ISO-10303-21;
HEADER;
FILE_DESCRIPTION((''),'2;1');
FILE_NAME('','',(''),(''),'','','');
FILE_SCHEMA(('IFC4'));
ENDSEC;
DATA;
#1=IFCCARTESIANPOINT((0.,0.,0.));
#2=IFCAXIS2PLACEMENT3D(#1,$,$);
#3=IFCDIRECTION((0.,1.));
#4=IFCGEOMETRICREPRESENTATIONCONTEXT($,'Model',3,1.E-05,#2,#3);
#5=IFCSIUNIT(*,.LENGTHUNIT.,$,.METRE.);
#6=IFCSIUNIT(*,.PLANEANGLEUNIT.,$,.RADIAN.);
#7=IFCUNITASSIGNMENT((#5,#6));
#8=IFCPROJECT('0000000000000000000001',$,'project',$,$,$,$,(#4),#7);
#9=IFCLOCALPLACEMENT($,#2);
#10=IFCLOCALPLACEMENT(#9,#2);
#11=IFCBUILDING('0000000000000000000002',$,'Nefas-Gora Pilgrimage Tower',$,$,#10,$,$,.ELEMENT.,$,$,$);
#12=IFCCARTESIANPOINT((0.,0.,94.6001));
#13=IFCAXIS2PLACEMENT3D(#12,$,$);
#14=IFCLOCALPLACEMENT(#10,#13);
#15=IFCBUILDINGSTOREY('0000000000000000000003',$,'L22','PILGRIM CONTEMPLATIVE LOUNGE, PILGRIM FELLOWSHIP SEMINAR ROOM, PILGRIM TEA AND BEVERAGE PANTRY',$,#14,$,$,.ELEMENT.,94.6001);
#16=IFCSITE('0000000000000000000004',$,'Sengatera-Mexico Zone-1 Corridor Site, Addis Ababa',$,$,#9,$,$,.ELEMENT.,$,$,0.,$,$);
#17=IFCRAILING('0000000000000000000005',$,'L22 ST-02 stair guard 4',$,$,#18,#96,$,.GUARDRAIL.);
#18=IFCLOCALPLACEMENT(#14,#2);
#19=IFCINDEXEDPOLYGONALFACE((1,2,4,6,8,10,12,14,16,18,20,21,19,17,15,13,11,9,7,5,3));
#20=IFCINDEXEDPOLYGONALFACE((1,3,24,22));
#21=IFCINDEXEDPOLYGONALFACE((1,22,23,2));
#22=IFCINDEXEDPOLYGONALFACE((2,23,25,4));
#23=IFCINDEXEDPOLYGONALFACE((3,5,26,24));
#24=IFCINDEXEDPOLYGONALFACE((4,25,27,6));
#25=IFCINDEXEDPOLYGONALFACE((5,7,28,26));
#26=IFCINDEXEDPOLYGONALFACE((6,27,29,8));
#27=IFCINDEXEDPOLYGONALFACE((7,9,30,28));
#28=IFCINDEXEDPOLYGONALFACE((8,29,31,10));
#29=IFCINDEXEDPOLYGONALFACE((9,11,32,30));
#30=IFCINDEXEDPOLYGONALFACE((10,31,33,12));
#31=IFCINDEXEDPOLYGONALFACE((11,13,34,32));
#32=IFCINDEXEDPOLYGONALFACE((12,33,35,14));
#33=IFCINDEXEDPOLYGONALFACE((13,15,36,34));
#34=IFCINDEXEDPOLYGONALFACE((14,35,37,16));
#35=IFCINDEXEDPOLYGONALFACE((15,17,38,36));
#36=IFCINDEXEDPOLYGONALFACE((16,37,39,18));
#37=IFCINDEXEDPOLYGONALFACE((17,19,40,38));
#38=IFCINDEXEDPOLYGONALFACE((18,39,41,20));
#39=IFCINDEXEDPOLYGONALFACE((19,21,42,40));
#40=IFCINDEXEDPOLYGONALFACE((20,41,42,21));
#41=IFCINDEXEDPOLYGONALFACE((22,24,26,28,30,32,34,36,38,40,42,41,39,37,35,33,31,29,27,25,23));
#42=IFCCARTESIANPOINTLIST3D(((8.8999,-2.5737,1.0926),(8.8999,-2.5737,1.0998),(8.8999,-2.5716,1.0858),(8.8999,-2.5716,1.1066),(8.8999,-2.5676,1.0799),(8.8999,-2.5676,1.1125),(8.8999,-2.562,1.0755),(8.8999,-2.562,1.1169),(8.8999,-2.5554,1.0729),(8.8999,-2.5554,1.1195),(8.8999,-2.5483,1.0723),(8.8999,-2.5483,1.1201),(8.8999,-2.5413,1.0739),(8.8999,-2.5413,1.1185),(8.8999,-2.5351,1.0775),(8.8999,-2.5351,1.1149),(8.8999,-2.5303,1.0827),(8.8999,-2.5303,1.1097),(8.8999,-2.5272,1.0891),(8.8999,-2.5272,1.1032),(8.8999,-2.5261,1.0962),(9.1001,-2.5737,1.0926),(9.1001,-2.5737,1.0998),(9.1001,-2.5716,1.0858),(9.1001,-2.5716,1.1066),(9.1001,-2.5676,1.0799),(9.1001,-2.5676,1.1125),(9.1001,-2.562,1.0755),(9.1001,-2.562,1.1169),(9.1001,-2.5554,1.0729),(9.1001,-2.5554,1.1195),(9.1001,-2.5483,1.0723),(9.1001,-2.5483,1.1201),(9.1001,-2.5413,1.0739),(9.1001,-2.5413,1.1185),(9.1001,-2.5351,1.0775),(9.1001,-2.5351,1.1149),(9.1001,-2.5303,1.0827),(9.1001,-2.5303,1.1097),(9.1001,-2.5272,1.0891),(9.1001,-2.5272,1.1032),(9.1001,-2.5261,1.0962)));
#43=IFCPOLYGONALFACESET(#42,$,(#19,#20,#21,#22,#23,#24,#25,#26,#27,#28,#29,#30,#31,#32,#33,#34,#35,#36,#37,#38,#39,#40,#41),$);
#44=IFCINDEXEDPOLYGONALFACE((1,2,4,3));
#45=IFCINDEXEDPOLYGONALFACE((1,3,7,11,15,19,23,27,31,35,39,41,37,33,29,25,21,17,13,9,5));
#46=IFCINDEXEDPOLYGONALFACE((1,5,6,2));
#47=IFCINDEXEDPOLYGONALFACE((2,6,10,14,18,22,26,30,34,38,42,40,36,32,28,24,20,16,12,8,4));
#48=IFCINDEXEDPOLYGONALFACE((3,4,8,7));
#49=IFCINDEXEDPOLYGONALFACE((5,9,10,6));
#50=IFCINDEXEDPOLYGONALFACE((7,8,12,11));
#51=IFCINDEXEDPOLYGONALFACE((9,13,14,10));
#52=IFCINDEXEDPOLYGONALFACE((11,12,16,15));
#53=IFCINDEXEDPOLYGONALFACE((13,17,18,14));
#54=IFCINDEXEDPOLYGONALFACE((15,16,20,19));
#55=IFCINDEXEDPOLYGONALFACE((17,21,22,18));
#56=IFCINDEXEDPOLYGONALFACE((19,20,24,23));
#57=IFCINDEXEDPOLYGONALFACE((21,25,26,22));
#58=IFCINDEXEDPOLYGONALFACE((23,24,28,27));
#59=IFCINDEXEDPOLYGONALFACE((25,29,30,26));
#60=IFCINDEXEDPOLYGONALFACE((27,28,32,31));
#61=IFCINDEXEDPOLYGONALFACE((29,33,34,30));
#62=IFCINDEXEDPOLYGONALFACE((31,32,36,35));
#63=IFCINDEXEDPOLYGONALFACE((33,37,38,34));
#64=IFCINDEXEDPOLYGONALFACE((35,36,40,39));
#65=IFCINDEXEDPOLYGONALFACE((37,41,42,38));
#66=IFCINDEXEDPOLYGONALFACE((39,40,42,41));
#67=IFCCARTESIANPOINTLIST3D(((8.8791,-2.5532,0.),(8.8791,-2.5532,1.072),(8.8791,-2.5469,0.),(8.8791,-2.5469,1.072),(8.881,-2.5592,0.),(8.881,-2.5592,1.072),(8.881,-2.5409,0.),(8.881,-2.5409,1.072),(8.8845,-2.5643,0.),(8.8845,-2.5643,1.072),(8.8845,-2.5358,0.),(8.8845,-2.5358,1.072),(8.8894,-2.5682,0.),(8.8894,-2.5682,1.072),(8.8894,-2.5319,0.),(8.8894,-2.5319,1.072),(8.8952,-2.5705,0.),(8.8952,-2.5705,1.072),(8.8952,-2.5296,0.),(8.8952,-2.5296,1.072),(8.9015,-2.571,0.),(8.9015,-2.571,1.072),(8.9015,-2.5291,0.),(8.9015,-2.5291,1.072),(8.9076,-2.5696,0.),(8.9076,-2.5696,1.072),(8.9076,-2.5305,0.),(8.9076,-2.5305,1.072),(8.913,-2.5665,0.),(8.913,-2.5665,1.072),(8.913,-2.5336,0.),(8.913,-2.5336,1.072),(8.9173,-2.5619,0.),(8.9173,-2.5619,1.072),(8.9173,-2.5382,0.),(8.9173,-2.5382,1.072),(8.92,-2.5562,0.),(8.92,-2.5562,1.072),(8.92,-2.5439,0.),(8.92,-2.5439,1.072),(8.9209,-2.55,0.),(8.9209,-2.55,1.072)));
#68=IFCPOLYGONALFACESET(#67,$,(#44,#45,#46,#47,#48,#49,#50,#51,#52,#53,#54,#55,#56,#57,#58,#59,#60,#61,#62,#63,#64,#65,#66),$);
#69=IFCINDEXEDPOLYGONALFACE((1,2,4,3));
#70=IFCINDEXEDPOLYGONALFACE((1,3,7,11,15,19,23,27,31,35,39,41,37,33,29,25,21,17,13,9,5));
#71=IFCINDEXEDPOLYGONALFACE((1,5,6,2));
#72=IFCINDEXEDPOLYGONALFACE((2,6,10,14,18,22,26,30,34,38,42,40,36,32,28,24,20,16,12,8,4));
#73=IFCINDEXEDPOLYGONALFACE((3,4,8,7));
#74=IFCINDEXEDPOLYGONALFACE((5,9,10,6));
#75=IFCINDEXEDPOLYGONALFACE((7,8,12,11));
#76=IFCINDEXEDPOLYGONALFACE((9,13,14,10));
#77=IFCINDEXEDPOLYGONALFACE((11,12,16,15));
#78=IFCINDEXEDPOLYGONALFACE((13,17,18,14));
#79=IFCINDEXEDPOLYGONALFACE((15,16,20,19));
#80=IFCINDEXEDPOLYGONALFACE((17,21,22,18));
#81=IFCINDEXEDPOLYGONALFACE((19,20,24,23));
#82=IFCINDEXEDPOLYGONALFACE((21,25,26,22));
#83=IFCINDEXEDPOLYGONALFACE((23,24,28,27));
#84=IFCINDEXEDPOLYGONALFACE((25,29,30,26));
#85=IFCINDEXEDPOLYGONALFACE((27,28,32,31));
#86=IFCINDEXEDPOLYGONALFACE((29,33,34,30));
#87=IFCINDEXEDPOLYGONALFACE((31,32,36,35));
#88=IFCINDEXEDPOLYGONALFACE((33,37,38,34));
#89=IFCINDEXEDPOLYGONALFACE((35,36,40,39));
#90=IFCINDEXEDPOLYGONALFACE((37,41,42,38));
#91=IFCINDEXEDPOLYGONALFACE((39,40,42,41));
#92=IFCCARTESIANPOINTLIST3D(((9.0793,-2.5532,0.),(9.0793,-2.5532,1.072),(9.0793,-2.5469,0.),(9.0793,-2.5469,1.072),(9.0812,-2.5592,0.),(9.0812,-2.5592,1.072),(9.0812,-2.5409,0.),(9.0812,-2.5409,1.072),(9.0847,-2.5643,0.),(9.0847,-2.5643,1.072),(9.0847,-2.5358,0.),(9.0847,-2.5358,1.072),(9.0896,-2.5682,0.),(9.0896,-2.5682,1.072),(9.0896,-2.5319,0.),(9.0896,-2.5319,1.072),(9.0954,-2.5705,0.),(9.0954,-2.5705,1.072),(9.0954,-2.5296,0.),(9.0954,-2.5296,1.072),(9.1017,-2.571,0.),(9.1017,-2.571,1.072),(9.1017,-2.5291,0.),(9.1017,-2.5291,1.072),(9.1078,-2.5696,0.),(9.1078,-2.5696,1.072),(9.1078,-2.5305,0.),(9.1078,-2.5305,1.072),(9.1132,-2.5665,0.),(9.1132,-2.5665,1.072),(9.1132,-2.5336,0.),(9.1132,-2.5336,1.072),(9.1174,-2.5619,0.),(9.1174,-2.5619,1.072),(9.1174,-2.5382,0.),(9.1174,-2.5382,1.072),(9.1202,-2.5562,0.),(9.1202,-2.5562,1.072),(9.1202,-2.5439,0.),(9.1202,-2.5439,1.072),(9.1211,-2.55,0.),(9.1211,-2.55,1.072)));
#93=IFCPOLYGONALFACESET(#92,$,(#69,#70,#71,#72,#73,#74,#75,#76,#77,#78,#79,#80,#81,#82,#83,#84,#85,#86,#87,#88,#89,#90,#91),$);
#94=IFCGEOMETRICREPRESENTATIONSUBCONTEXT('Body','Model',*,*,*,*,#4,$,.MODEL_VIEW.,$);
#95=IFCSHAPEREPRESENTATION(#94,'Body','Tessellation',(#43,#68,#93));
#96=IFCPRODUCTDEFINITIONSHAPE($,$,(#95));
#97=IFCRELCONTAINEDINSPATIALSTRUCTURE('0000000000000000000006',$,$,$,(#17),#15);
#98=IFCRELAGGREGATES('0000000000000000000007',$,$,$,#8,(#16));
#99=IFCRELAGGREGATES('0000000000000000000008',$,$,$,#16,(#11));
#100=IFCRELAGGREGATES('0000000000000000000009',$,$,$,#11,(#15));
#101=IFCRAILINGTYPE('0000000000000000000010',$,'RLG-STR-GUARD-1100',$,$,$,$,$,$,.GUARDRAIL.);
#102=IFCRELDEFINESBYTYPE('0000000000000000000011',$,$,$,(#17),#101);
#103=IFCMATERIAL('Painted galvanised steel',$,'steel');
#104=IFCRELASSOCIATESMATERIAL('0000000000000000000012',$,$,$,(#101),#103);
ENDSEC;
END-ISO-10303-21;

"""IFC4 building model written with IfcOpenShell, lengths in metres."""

from ifc_helpers import new_model, si_unit, direction, frame, origin, origin_2d, place, context, subcontext, project, spatial, circle, extrude, material, type_object, element, save


model = new_model("IFC4")

# Units and contexts
model_context = context("Model", 3, precision=1e-05, world=origin(), true_north=direction((0.0, 1.0)))
body_context = subcontext(model_context, "Body", "Model", "MODEL_VIEW")
ifc_project = project(units=[si_unit("LENGTHUNIT", "METRE"), si_unit("PLANEANGLEUNIT", "RADIAN")], contexts=[model_context])

# Site, building, storey
site_placement = place(None, origin())
site = spatial("IfcSite", under=ifc_project, at=site_placement, Name="Sengatera-Mexico Zone-1 Corridor Site, Addis Ababa", CompositionType="ELEMENT", RefElevation=0.0)
building_placement = place(site_placement, origin())
building = spatial("IfcBuilding", under=site, at=building_placement, Name="Nefas-Gora Pilgrimage Tower", CompositionType="ELEMENT")
storey_placement = place(building_placement, frame((0.0, 0.0, 94.6001)))
storey = spatial("IfcBuildingStorey", under=building, at=storey_placement, Name="L22", Description="PILGRIM CONTEMPLATIVE LOUNGE, PILGRIM FELLOWSHIP SEMINAR ROOM, PILGRIM TEA AND BEVERAGE PANTRY", CompositionType="ELEMENT", Elevation=94.6001)

# Railing
ifc_material_1 = material(Name="Painted galvanised steel", Category="steel")
railing_type_1 = type_object("IfcRailingType", Name="RLG-STR-GUARD-1100", PredefinedType="GUARDRAIL", material=ifc_material_1)
railing_1_placement = place(storey_placement, frame((8.8999, -2.55, 0.0)))
element("IfcRailing", 1, at=railing_1_placement, inside=storey, type_object=railing_type_1, Name="L22 ST-02 stair guard 4", PredefinedType="GUARDRAIL", context=body_context, shape_type="SweptSolid", body=[
    extrude(circle(Radius=0.0239, at=origin_2d()), frame((0.0, 0.0, 1.0962), z_axis=(1.0, 0.0, 0.0), x_axis=(0.0, 1.0, 0.0)), (0.0, 0.0, 1.0), 0.2002),
    extrude(circle(Radius=0.021, at=origin_2d()), origin(), (0.0, 0.0, 1.0), 1.072),
    extrude(circle(Radius=0.021, at=origin_2d()), frame((0.2002, 0.0, 0.0)), (0.0, 0.0, 1.0), 1.072),
])

save(model, "model.ifc")
